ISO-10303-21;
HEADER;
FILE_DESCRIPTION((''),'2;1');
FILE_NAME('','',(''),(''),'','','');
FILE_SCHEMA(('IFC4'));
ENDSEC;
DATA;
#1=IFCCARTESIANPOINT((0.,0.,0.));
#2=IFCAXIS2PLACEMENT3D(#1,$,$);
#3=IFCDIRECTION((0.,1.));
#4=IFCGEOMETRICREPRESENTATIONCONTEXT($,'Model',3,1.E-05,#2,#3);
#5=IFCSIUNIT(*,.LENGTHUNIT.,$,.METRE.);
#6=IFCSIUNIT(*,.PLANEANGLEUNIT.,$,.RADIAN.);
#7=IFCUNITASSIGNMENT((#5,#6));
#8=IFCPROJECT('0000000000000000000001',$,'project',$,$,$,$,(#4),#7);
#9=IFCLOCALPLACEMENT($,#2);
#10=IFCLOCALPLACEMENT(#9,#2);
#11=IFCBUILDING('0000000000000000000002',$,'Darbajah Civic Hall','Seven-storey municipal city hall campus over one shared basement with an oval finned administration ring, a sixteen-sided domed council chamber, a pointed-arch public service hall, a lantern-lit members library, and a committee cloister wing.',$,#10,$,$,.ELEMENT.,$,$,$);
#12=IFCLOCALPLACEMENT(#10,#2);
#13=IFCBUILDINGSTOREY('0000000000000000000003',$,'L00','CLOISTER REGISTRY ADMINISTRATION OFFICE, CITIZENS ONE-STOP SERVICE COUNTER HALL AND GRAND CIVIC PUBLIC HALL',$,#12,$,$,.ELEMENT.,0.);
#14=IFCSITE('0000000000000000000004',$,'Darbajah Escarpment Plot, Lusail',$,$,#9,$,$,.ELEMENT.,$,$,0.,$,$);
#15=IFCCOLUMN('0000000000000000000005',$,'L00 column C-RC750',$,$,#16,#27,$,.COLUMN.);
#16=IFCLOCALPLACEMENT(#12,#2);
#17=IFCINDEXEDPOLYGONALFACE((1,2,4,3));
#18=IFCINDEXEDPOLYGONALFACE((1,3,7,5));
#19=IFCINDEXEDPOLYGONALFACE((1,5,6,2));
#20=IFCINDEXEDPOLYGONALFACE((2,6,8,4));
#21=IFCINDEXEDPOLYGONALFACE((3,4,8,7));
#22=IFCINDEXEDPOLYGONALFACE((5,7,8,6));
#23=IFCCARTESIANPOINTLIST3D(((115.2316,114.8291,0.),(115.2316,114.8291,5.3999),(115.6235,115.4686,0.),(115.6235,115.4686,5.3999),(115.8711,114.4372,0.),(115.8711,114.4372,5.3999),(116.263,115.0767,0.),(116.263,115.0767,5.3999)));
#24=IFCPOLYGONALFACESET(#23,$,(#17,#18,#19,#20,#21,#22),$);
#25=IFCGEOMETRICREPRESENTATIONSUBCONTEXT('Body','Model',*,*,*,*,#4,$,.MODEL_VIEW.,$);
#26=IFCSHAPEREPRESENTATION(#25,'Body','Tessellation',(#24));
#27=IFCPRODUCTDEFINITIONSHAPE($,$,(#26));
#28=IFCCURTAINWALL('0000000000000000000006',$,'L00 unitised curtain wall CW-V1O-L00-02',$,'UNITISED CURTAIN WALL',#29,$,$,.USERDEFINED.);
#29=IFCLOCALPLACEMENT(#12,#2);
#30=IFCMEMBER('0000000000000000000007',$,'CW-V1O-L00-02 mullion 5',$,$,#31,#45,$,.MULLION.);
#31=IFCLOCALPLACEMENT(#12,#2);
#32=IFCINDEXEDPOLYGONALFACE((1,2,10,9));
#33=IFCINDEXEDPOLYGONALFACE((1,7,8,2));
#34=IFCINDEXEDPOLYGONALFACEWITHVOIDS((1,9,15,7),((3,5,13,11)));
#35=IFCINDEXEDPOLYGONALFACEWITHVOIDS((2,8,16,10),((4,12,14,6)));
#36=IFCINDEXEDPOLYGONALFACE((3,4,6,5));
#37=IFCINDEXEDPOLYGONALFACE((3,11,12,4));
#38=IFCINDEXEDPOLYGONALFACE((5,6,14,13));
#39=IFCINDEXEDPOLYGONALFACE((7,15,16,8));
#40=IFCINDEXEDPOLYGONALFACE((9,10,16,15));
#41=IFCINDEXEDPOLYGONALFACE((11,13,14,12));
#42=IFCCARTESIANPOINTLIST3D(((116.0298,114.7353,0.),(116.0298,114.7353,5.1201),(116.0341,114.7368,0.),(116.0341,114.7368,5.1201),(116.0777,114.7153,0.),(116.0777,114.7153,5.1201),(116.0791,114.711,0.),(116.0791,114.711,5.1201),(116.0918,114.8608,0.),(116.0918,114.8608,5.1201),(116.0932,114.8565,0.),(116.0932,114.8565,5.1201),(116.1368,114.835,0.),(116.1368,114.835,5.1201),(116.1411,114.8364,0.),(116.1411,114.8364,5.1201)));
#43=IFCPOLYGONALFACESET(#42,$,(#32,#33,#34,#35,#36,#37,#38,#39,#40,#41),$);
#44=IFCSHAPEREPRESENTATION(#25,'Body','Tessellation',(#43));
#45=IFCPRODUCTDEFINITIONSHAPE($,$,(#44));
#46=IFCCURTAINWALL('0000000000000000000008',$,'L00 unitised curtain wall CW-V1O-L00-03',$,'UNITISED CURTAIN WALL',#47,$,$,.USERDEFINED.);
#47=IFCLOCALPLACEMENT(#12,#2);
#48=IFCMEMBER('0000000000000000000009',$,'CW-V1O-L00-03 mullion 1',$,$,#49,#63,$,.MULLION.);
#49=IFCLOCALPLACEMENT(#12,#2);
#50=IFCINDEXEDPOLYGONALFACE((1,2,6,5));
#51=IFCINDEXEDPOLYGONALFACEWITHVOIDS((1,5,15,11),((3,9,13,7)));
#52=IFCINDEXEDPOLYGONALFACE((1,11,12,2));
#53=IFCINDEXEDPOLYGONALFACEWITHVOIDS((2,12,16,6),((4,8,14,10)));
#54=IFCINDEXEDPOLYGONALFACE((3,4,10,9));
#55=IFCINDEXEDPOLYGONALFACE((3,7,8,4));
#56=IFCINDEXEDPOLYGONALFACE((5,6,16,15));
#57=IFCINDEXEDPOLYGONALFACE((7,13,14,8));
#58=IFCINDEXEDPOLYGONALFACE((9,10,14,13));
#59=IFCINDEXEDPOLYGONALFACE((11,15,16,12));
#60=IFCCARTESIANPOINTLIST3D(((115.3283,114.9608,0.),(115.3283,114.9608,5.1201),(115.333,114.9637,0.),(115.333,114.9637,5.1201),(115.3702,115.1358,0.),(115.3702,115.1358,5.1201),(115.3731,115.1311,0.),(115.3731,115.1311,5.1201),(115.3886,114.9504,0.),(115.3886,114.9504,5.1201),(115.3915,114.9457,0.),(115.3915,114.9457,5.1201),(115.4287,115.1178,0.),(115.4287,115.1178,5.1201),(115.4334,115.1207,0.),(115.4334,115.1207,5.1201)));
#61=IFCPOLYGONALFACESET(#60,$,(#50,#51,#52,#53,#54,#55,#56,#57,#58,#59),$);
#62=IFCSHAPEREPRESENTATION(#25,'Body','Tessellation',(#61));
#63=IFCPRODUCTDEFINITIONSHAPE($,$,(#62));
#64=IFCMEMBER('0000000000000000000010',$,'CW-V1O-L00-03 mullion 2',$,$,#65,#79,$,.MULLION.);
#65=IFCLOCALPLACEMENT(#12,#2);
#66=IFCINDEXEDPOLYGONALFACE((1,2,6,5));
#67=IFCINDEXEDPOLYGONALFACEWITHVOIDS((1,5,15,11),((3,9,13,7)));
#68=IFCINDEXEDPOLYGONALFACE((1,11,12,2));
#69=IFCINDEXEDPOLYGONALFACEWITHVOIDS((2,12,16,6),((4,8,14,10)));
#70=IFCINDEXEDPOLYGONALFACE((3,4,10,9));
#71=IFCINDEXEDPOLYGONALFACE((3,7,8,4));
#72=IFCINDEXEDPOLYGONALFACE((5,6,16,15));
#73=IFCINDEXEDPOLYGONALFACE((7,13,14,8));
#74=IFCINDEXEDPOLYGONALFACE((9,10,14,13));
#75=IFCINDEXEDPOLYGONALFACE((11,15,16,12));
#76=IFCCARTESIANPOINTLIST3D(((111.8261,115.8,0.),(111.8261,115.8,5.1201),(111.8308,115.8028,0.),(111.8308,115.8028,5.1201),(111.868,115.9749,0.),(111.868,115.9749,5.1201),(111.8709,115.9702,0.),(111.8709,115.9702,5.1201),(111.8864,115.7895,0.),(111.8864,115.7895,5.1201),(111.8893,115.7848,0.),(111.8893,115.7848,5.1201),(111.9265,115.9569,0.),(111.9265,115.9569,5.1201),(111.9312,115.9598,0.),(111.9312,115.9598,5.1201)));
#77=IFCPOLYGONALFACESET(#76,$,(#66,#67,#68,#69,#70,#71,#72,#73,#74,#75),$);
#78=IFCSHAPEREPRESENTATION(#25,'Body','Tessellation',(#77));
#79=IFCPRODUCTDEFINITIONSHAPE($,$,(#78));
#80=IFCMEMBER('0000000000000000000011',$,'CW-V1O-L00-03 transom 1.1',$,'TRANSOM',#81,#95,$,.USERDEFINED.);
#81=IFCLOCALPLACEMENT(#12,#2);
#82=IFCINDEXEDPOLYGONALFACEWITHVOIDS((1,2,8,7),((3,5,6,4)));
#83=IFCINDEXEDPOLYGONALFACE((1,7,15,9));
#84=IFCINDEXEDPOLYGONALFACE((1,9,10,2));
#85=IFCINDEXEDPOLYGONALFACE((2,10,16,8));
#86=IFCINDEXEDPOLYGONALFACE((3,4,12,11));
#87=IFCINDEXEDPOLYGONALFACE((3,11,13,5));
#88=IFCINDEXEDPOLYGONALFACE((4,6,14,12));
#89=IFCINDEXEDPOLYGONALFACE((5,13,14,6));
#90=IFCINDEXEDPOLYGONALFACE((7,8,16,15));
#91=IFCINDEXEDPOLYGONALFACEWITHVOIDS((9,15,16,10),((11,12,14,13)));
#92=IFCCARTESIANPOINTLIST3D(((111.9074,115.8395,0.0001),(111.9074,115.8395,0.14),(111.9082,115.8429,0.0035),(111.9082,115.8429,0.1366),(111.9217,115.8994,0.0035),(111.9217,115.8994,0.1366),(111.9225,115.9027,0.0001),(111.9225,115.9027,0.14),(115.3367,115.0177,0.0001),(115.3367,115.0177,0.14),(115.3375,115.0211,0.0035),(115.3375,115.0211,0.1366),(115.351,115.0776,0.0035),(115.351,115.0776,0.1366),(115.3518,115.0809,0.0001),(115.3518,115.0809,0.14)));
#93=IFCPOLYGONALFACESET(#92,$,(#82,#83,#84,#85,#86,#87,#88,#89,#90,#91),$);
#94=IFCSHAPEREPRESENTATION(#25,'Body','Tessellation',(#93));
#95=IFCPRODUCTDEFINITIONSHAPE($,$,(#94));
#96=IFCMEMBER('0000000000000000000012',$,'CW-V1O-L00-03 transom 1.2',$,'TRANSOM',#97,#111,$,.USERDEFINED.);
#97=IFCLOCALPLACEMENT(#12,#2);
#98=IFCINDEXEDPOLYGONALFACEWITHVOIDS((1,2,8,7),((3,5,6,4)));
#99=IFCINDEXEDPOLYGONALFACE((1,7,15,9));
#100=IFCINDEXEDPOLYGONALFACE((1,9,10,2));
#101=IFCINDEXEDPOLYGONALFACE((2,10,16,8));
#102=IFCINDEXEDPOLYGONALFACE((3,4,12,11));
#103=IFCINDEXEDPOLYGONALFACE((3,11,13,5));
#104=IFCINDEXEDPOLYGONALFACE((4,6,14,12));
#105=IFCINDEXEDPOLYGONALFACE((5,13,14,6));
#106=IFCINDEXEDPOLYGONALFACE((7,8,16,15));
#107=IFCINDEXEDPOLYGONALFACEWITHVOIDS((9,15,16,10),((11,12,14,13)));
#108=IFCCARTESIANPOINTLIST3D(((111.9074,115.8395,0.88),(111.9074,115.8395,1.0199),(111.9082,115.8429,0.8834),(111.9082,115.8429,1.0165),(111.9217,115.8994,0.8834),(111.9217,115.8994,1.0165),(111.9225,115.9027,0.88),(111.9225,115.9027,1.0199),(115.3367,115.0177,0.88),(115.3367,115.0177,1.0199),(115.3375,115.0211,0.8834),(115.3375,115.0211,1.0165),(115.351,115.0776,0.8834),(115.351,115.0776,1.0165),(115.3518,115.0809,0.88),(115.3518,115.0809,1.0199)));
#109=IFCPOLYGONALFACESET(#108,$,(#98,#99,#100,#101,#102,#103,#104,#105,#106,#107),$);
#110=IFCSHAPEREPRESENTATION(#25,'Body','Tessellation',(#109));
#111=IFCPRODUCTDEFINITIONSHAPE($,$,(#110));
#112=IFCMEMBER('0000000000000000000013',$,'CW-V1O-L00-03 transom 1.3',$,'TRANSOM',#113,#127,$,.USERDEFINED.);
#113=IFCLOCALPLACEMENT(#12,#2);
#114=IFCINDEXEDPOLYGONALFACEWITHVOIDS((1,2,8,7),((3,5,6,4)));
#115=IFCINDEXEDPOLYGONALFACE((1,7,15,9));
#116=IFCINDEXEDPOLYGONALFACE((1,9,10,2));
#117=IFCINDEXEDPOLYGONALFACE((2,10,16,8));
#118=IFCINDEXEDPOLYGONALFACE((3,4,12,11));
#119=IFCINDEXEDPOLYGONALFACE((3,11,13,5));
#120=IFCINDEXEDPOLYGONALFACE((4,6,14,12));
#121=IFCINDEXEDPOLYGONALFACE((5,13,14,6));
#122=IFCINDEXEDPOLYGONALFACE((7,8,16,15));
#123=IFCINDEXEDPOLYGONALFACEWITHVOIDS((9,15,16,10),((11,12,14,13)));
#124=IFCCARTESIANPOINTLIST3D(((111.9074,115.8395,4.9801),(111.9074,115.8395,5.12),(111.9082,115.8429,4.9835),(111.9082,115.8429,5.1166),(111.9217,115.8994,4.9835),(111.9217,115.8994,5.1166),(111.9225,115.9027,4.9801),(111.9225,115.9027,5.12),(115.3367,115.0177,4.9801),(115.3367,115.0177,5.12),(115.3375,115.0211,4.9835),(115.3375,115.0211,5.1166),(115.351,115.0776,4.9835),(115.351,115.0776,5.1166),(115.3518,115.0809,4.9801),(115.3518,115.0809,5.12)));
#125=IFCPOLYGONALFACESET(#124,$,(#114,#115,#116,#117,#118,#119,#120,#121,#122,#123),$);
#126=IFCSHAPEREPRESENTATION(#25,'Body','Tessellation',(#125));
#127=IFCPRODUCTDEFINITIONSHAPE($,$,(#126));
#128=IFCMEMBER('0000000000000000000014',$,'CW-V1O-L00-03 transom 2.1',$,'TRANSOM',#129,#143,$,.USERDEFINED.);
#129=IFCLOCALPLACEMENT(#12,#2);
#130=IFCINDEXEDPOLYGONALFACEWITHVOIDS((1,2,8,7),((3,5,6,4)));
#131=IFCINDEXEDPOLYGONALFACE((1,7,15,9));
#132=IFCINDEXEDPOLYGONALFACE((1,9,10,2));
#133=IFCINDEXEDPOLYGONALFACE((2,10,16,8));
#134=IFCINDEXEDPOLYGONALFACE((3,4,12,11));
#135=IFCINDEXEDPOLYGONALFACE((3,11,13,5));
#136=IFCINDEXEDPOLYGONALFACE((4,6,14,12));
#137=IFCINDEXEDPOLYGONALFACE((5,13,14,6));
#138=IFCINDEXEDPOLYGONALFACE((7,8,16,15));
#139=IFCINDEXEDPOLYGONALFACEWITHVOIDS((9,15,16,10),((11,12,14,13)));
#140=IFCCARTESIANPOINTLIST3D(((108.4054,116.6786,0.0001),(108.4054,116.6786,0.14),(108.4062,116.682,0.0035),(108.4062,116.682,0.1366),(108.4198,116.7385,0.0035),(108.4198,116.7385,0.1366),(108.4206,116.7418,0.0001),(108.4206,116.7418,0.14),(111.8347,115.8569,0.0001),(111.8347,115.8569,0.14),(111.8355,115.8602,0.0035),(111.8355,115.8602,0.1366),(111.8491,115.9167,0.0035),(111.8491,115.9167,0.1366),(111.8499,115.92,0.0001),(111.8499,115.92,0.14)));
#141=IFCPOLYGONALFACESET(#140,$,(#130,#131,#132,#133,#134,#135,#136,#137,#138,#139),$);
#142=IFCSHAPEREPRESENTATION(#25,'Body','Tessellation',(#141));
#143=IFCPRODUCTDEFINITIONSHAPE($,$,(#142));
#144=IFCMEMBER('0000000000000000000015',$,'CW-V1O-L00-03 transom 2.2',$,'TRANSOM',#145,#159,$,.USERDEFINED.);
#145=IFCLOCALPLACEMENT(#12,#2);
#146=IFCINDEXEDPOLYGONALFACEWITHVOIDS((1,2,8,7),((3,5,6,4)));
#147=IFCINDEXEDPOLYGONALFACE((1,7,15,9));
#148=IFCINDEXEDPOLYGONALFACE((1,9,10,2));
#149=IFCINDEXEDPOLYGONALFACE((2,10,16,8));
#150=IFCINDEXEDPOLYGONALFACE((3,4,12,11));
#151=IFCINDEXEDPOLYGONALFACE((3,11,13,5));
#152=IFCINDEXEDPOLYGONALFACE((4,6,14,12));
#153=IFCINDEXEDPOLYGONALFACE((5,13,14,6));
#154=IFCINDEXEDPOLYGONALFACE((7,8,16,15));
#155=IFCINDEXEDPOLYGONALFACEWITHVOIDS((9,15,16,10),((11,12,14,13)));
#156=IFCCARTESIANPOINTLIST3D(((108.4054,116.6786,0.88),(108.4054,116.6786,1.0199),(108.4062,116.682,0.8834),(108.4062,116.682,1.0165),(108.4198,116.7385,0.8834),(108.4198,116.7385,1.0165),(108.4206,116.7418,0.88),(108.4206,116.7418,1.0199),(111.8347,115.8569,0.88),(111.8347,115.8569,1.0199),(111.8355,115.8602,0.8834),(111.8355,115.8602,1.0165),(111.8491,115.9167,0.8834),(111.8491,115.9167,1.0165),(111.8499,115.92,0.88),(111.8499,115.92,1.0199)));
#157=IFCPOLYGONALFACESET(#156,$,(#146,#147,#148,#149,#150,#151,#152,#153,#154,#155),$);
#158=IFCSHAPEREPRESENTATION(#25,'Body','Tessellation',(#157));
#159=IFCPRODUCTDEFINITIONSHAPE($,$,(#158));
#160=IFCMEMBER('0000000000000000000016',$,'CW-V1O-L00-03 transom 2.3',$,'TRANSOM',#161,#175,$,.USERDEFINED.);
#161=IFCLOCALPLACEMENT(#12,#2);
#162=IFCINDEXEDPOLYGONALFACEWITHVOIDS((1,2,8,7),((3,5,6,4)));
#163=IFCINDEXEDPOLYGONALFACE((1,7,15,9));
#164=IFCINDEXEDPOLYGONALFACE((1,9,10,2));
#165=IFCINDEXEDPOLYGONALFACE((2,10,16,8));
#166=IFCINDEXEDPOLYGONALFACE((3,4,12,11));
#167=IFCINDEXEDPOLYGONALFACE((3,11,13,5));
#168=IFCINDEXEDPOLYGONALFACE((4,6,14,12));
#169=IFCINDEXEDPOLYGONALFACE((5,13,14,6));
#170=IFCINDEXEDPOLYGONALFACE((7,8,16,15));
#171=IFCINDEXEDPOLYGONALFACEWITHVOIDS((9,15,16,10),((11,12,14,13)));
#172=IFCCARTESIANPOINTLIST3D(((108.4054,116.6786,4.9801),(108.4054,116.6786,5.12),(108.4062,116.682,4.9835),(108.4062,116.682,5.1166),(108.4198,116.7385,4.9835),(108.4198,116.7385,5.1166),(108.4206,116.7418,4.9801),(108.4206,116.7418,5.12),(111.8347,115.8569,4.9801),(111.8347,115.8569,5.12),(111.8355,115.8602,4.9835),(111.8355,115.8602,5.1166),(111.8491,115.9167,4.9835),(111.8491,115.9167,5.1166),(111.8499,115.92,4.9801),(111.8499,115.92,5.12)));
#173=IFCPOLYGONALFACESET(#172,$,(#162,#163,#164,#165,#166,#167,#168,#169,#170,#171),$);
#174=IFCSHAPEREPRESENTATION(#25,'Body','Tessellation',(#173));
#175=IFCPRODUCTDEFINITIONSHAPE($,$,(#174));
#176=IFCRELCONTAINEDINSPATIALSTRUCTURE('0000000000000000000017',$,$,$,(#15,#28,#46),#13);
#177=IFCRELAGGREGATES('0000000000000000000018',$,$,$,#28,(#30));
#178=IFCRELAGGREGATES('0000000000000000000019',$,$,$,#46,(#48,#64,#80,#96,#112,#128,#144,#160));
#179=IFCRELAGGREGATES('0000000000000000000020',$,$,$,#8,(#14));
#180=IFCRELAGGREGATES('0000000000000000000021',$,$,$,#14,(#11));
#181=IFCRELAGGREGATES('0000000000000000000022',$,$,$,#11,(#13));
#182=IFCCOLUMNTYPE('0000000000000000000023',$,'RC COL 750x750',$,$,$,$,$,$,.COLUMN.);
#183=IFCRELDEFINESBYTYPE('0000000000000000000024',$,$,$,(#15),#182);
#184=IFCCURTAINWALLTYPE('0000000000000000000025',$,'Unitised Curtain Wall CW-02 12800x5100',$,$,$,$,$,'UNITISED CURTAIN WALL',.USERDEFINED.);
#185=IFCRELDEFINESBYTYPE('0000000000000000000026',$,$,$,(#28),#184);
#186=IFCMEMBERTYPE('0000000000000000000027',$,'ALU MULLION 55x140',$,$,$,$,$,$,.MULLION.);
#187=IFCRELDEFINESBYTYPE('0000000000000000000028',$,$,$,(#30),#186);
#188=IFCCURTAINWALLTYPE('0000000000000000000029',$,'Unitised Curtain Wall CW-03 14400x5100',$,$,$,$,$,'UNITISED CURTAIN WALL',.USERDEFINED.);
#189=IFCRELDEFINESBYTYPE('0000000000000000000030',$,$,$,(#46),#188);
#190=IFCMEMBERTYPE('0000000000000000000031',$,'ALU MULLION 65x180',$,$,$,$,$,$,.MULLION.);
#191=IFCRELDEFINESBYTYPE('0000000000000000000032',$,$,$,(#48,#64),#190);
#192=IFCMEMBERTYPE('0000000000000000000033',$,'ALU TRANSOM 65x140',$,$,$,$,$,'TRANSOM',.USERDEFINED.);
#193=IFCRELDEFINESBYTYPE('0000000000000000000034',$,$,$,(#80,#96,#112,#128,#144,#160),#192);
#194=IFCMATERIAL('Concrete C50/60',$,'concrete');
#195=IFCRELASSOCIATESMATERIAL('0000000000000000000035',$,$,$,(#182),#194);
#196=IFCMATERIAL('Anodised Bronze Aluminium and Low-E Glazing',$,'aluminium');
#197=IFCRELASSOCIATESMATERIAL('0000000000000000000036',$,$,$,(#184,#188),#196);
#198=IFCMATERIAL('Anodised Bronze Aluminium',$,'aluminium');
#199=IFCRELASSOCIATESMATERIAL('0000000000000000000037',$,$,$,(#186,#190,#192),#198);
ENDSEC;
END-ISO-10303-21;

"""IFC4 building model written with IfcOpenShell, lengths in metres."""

from ifc_helpers import new_model, si_unit, direction, frame, origin, origin_2d, place, context, subcontext, project, spatial, rectangle, hollow_rectangle, extrude, material, material_profile, profile_set, type_object, element, aggregate, save


model = new_model("IFC4")

# Units and contexts
model_context = context("Model", 3, precision=1e-05, world=origin(), true_north=direction((0.0, 1.0)))
body_context = subcontext(model_context, "Body", "Model", "MODEL_VIEW")
ifc_project = project(units=[si_unit("LENGTHUNIT", "METRE"), si_unit("PLANEANGLEUNIT", "RADIAN")], contexts=[model_context])

# Site, building, storey
site_placement = place(None, origin())
site = spatial("IfcSite", under=ifc_project, at=site_placement, Name="Darbajah Escarpment Plot, Lusail", CompositionType="ELEMENT", RefElevation=0.0)
building_placement = place(site_placement, origin())
building = spatial("IfcBuilding", under=site, at=building_placement, Name="Darbajah Civic Hall", Description="Seven-storey municipal city hall campus over one shared basement with an oval finned administration ring, a sixteen-sided domed council chamber, a pointed-arch public service hall, a lantern-lit members library, and a committee cloister wing.", CompositionType="ELEMENT")
storey_placement = place(building_placement, origin())
storey = spatial("IfcBuildingStorey", under=building, at=storey_placement, Name="L00", Description="CLOISTER REGISTRY ADMINISTRATION OFFICE, CITIZENS ONE-STOP SERVICE COUNTER HALL AND GRAND CIVIC PUBLIC HALL", CompositionType="ELEMENT", Elevation=0.0)

# Column
ifc_material_1 = material(Name="Concrete C50/60", Category="concrete")
ifc_material_profile_1 = material_profile(ifc_material_1, rectangle(XDim=0.75, YDim=0.75, at=origin_2d()), Name="RC COL 750x750")
ifc_profile_set_1 = profile_set([ifc_material_profile_1], Name="Concrete C50/60")
column_type = type_object("IfcColumnType", Name="RC COL 750x750", PredefinedType="COLUMN", material=ifc_profile_set_1)
column_placement = place(storey_placement, frame((115.7473, 114.9529, 0.0), z_axis=(0.0, 0.0, 1.0), x_axis=(0.522499, 0.85264, 0.0)))
element("IfcColumn", 1, at=column_placement, inside=storey, type_object=column_type, Name="L00 column C-RC750", PredefinedType="COLUMN", context=body_context, shape_type="SweptSolid", body=[
    extrude(rectangle(XDim=0.75, YDim=0.75, at=origin_2d()), origin(), (0.0, 0.0, 1.0), 5.3999),
])

# Curtain wall, member
ifc_material_2 = material(Name="Anodised Bronze Aluminium and Low-E Glazing", Category="aluminium")
curtain_wall_type_1 = type_object("IfcCurtainWallType", Name="Unitised Curtain Wall CW-02 12800x5100", ElementType="UNITISED CURTAIN WALL", PredefinedType="USERDEFINED", material=ifc_material_2)
curtain_wall_1_placement = place(storey_placement, origin())
curtain_wall_1 = element("IfcCurtainWall", 2, at=curtain_wall_1_placement, inside=storey, type_object=curtain_wall_type_1, Name="L00 unitised curtain wall CW-V1O-L00-02", ObjectType="UNITISED CURTAIN WALL", PredefinedType="USERDEFINED")
ifc_material_3 = material(Name="Anodised Bronze Aluminium", Category="aluminium")
ifc_material_profile_2 = material_profile(ifc_material_3, hollow_rectangle(XDim=0.0549, YDim=0.1399, WallThickness=0.0032, at=origin_2d()), Name="ALU MULLION 55x140")
ifc_profile_set_2 = profile_set([ifc_material_profile_2], Name="Anodised Bronze Aluminium")
member_type_1 = type_object("IfcMemberType", Name="ALU MULLION 55x140", PredefinedType="MULLION", material=ifc_profile_set_2)
member_1_placement = place(storey_placement, frame((116.0854, 114.7859, 0.0), z_axis=(0.0, 0.0, 1.0), x_axis=(-0.896564, 0.442915, 0.0)))
member_1 = element("IfcMember", 3, at=member_1_placement, type_object=member_type_1, Name="CW-V1O-L00-02 mullion 5", PredefinedType="MULLION", context=body_context, shape_type="SweptSolid", body=[
    extrude(hollow_rectangle(XDim=0.0549, YDim=0.1399, WallThickness=0.0032, at=origin_2d()), origin(), (0.0, 0.0, 1.0), 5.1201),
])

# Curtain wall, members
curtain_wall_type_2 = type_object("IfcCurtainWallType", Name="Unitised Curtain Wall CW-03 14400x5100", ElementType="UNITISED CURTAIN WALL", PredefinedType="USERDEFINED", material=ifc_material_2)
curtain_wall_2_placement = place(storey_placement, origin())
curtain_wall_2 = element("IfcCurtainWall", 4, at=curtain_wall_2_placement, inside=storey, type_object=curtain_wall_type_2, Name="L00 unitised curtain wall CW-V1O-L00-03", ObjectType="UNITISED CURTAIN WALL", PredefinedType="USERDEFINED")
ifc_material_profile_3 = material_profile(ifc_material_3, hollow_rectangle(XDim=0.0649, YDim=0.1799, WallThickness=0.0039, at=origin_2d()), Name="ALU MULLION 65x180")
ifc_profile_set_3 = profile_set([ifc_material_profile_3], Name="Anodised Bronze Aluminium")
member_type_2 = type_object("IfcMemberType", Name="ALU MULLION 65x180", PredefinedType="MULLION", material=ifc_profile_set_3)
member_2_placement = place(storey_placement, frame((115.3809, 115.0408, 0.0), z_axis=(0.0, 0.0, 1.0), x_axis=(-0.972492, 0.232936, 0.0)))
member_2 = element("IfcMember", 5, at=member_2_placement, type_object=member_type_2, Name="CW-V1O-L00-03 mullion 1", PredefinedType="MULLION", context=body_context, shape_type="SweptSolid", body=[
    extrude(hollow_rectangle(XDim=0.0649, YDim=0.1799, WallThickness=0.0039, at=origin_2d()), origin(), (0.0, 0.0, 1.0), 5.1201),
])
member_3_placement = place(storey_placement, frame((111.8787, 115.8799, 0.0), z_axis=(0.0, 0.0, 1.0), x_axis=(-0.972492, 0.232936, 0.0)))
member_3 = element("IfcMember", 6, at=member_3_placement, type_object=member_type_2, Name="CW-V1O-L00-03 mullion 2", PredefinedType="MULLION", context=body_context, shape_type="SweptSolid", body=[
    extrude(hollow_rectangle(XDim=0.0649, YDim=0.1799, WallThickness=0.0039, at=origin_2d()), origin(), (0.0, 0.0, 1.0), 5.1201),
])
ifc_material_profile_4 = material_profile(ifc_material_3, hollow_rectangle(XDim=0.0649, YDim=0.1399, WallThickness=0.0034, at=origin_2d()), Name="ALU TRANSOM 65x140")
ifc_profile_set_4 = profile_set([ifc_material_profile_4], Name="Anodised Bronze Aluminium")
member_type_3 = type_object("IfcMemberType", Name="ALU TRANSOM 65x140", ElementType="TRANSOM", PredefinedType="USERDEFINED", material=ifc_profile_set_4)
member_4_placement = place(storey_placement, frame((115.3442, 115.0493, 0.0701), z_axis=(-0.972466, 0.233043, 0.0), x_axis=(-0.233043, -0.972466, 0.0)))
member_4 = element("IfcMember", 7, at=member_4_placement, type_object=member_type_3, Name="CW-V1O-L00-03 transom 1.1", ObjectType="TRANSOM", PredefinedType="USERDEFINED", context=body_context, shape_type="SweptSolid", body=[
    extrude(hollow_rectangle(XDim=0.0649, YDim=0.1399, WallThickness=0.0034, at=origin_2d()), origin(), (0.0, 0.0, 1.0), 3.5264),
])
member_5_placement = place(storey_placement, frame((115.3442, 115.0493, 0.95), z_axis=(-0.972466, 0.233043, 0.0), x_axis=(-0.233043, -0.972466, 0.0)))
member_5 = element("IfcMember", 8, at=member_5_placement, type_object=member_type_3, Name="CW-V1O-L00-03 transom 1.2", ObjectType="TRANSOM", PredefinedType="USERDEFINED", context=body_context, shape_type="SweptSolid", body=[
    extrude(hollow_rectangle(XDim=0.0649, YDim=0.1399, WallThickness=0.0034, at=origin_2d()), origin(), (0.0, 0.0, 1.0), 3.5264),
])
member_6_placement = place(storey_placement, frame((115.3442, 115.0493, 5.05), z_axis=(-0.972466, 0.233043, 0.0), x_axis=(-0.233043, -0.972466, 0.0)))
member_6 = element("IfcMember", 9, at=member_6_placement, type_object=member_type_3, Name="CW-V1O-L00-03 transom 1.3", ObjectType="TRANSOM", PredefinedType="USERDEFINED", context=body_context, shape_type="SweptSolid", body=[
    extrude(hollow_rectangle(XDim=0.0649, YDim=0.1399, WallThickness=0.0034, at=origin_2d()), origin(), (0.0, 0.0, 1.0), 3.5264),
])
member_7_placement = place(storey_placement, frame((111.8423, 115.8884, 0.0701), z_axis=(-0.972466, 0.233043, 0.0), x_axis=(-0.233043, -0.972466, 0.0)))
member_7 = element("IfcMember", 10, at=member_7_placement, type_object=member_type_3, Name="CW-V1O-L00-03 transom 2.1", ObjectType="TRANSOM", PredefinedType="USERDEFINED", context=body_context, shape_type="SweptSolid", body=[
    extrude(hollow_rectangle(XDim=0.0649, YDim=0.1399, WallThickness=0.0034, at=origin_2d()), origin(), (0.0, 0.0, 1.0), 3.5264),
])
member_8_placement = place(storey_placement, frame((111.8423, 115.8884, 0.95), z_axis=(-0.972466, 0.233043, 0.0), x_axis=(-0.233043, -0.972466, 0.0)))
member_8 = element("IfcMember", 11, at=member_8_placement, type_object=member_type_3, Name="CW-V1O-L00-03 transom 2.2", ObjectType="TRANSOM", PredefinedType="USERDEFINED", context=body_context, shape_type="SweptSolid", body=[
    extrude(hollow_rectangle(XDim=0.0649, YDim=0.1399, WallThickness=0.0034, at=origin_2d()), origin(), (0.0, 0.0, 1.0), 3.5264),
])
member_9_placement = place(storey_placement, frame((111.8423, 115.8884, 5.05), z_axis=(-0.972466, 0.233043, 0.0), x_axis=(-0.233043, -0.972466, 0.0)))
member_9 = element("IfcMember", 12, at=member_9_placement, type_object=member_type_3, Name="CW-V1O-L00-03 transom 2.3", ObjectType="TRANSOM", PredefinedType="USERDEFINED", context=body_context, shape_type="SweptSolid", body=[
    extrude(hollow_rectangle(XDim=0.0649, YDim=0.1399, WallThickness=0.0034, at=origin_2d()), origin(), (0.0, 0.0, 1.0), 3.5264),
])

aggregate(curtain_wall_1, [member_1])

aggregate(curtain_wall_2, [member_2, member_3, member_4, member_5, member_6, member_7, member_8, member_9])

save(model, "model.ifc")
